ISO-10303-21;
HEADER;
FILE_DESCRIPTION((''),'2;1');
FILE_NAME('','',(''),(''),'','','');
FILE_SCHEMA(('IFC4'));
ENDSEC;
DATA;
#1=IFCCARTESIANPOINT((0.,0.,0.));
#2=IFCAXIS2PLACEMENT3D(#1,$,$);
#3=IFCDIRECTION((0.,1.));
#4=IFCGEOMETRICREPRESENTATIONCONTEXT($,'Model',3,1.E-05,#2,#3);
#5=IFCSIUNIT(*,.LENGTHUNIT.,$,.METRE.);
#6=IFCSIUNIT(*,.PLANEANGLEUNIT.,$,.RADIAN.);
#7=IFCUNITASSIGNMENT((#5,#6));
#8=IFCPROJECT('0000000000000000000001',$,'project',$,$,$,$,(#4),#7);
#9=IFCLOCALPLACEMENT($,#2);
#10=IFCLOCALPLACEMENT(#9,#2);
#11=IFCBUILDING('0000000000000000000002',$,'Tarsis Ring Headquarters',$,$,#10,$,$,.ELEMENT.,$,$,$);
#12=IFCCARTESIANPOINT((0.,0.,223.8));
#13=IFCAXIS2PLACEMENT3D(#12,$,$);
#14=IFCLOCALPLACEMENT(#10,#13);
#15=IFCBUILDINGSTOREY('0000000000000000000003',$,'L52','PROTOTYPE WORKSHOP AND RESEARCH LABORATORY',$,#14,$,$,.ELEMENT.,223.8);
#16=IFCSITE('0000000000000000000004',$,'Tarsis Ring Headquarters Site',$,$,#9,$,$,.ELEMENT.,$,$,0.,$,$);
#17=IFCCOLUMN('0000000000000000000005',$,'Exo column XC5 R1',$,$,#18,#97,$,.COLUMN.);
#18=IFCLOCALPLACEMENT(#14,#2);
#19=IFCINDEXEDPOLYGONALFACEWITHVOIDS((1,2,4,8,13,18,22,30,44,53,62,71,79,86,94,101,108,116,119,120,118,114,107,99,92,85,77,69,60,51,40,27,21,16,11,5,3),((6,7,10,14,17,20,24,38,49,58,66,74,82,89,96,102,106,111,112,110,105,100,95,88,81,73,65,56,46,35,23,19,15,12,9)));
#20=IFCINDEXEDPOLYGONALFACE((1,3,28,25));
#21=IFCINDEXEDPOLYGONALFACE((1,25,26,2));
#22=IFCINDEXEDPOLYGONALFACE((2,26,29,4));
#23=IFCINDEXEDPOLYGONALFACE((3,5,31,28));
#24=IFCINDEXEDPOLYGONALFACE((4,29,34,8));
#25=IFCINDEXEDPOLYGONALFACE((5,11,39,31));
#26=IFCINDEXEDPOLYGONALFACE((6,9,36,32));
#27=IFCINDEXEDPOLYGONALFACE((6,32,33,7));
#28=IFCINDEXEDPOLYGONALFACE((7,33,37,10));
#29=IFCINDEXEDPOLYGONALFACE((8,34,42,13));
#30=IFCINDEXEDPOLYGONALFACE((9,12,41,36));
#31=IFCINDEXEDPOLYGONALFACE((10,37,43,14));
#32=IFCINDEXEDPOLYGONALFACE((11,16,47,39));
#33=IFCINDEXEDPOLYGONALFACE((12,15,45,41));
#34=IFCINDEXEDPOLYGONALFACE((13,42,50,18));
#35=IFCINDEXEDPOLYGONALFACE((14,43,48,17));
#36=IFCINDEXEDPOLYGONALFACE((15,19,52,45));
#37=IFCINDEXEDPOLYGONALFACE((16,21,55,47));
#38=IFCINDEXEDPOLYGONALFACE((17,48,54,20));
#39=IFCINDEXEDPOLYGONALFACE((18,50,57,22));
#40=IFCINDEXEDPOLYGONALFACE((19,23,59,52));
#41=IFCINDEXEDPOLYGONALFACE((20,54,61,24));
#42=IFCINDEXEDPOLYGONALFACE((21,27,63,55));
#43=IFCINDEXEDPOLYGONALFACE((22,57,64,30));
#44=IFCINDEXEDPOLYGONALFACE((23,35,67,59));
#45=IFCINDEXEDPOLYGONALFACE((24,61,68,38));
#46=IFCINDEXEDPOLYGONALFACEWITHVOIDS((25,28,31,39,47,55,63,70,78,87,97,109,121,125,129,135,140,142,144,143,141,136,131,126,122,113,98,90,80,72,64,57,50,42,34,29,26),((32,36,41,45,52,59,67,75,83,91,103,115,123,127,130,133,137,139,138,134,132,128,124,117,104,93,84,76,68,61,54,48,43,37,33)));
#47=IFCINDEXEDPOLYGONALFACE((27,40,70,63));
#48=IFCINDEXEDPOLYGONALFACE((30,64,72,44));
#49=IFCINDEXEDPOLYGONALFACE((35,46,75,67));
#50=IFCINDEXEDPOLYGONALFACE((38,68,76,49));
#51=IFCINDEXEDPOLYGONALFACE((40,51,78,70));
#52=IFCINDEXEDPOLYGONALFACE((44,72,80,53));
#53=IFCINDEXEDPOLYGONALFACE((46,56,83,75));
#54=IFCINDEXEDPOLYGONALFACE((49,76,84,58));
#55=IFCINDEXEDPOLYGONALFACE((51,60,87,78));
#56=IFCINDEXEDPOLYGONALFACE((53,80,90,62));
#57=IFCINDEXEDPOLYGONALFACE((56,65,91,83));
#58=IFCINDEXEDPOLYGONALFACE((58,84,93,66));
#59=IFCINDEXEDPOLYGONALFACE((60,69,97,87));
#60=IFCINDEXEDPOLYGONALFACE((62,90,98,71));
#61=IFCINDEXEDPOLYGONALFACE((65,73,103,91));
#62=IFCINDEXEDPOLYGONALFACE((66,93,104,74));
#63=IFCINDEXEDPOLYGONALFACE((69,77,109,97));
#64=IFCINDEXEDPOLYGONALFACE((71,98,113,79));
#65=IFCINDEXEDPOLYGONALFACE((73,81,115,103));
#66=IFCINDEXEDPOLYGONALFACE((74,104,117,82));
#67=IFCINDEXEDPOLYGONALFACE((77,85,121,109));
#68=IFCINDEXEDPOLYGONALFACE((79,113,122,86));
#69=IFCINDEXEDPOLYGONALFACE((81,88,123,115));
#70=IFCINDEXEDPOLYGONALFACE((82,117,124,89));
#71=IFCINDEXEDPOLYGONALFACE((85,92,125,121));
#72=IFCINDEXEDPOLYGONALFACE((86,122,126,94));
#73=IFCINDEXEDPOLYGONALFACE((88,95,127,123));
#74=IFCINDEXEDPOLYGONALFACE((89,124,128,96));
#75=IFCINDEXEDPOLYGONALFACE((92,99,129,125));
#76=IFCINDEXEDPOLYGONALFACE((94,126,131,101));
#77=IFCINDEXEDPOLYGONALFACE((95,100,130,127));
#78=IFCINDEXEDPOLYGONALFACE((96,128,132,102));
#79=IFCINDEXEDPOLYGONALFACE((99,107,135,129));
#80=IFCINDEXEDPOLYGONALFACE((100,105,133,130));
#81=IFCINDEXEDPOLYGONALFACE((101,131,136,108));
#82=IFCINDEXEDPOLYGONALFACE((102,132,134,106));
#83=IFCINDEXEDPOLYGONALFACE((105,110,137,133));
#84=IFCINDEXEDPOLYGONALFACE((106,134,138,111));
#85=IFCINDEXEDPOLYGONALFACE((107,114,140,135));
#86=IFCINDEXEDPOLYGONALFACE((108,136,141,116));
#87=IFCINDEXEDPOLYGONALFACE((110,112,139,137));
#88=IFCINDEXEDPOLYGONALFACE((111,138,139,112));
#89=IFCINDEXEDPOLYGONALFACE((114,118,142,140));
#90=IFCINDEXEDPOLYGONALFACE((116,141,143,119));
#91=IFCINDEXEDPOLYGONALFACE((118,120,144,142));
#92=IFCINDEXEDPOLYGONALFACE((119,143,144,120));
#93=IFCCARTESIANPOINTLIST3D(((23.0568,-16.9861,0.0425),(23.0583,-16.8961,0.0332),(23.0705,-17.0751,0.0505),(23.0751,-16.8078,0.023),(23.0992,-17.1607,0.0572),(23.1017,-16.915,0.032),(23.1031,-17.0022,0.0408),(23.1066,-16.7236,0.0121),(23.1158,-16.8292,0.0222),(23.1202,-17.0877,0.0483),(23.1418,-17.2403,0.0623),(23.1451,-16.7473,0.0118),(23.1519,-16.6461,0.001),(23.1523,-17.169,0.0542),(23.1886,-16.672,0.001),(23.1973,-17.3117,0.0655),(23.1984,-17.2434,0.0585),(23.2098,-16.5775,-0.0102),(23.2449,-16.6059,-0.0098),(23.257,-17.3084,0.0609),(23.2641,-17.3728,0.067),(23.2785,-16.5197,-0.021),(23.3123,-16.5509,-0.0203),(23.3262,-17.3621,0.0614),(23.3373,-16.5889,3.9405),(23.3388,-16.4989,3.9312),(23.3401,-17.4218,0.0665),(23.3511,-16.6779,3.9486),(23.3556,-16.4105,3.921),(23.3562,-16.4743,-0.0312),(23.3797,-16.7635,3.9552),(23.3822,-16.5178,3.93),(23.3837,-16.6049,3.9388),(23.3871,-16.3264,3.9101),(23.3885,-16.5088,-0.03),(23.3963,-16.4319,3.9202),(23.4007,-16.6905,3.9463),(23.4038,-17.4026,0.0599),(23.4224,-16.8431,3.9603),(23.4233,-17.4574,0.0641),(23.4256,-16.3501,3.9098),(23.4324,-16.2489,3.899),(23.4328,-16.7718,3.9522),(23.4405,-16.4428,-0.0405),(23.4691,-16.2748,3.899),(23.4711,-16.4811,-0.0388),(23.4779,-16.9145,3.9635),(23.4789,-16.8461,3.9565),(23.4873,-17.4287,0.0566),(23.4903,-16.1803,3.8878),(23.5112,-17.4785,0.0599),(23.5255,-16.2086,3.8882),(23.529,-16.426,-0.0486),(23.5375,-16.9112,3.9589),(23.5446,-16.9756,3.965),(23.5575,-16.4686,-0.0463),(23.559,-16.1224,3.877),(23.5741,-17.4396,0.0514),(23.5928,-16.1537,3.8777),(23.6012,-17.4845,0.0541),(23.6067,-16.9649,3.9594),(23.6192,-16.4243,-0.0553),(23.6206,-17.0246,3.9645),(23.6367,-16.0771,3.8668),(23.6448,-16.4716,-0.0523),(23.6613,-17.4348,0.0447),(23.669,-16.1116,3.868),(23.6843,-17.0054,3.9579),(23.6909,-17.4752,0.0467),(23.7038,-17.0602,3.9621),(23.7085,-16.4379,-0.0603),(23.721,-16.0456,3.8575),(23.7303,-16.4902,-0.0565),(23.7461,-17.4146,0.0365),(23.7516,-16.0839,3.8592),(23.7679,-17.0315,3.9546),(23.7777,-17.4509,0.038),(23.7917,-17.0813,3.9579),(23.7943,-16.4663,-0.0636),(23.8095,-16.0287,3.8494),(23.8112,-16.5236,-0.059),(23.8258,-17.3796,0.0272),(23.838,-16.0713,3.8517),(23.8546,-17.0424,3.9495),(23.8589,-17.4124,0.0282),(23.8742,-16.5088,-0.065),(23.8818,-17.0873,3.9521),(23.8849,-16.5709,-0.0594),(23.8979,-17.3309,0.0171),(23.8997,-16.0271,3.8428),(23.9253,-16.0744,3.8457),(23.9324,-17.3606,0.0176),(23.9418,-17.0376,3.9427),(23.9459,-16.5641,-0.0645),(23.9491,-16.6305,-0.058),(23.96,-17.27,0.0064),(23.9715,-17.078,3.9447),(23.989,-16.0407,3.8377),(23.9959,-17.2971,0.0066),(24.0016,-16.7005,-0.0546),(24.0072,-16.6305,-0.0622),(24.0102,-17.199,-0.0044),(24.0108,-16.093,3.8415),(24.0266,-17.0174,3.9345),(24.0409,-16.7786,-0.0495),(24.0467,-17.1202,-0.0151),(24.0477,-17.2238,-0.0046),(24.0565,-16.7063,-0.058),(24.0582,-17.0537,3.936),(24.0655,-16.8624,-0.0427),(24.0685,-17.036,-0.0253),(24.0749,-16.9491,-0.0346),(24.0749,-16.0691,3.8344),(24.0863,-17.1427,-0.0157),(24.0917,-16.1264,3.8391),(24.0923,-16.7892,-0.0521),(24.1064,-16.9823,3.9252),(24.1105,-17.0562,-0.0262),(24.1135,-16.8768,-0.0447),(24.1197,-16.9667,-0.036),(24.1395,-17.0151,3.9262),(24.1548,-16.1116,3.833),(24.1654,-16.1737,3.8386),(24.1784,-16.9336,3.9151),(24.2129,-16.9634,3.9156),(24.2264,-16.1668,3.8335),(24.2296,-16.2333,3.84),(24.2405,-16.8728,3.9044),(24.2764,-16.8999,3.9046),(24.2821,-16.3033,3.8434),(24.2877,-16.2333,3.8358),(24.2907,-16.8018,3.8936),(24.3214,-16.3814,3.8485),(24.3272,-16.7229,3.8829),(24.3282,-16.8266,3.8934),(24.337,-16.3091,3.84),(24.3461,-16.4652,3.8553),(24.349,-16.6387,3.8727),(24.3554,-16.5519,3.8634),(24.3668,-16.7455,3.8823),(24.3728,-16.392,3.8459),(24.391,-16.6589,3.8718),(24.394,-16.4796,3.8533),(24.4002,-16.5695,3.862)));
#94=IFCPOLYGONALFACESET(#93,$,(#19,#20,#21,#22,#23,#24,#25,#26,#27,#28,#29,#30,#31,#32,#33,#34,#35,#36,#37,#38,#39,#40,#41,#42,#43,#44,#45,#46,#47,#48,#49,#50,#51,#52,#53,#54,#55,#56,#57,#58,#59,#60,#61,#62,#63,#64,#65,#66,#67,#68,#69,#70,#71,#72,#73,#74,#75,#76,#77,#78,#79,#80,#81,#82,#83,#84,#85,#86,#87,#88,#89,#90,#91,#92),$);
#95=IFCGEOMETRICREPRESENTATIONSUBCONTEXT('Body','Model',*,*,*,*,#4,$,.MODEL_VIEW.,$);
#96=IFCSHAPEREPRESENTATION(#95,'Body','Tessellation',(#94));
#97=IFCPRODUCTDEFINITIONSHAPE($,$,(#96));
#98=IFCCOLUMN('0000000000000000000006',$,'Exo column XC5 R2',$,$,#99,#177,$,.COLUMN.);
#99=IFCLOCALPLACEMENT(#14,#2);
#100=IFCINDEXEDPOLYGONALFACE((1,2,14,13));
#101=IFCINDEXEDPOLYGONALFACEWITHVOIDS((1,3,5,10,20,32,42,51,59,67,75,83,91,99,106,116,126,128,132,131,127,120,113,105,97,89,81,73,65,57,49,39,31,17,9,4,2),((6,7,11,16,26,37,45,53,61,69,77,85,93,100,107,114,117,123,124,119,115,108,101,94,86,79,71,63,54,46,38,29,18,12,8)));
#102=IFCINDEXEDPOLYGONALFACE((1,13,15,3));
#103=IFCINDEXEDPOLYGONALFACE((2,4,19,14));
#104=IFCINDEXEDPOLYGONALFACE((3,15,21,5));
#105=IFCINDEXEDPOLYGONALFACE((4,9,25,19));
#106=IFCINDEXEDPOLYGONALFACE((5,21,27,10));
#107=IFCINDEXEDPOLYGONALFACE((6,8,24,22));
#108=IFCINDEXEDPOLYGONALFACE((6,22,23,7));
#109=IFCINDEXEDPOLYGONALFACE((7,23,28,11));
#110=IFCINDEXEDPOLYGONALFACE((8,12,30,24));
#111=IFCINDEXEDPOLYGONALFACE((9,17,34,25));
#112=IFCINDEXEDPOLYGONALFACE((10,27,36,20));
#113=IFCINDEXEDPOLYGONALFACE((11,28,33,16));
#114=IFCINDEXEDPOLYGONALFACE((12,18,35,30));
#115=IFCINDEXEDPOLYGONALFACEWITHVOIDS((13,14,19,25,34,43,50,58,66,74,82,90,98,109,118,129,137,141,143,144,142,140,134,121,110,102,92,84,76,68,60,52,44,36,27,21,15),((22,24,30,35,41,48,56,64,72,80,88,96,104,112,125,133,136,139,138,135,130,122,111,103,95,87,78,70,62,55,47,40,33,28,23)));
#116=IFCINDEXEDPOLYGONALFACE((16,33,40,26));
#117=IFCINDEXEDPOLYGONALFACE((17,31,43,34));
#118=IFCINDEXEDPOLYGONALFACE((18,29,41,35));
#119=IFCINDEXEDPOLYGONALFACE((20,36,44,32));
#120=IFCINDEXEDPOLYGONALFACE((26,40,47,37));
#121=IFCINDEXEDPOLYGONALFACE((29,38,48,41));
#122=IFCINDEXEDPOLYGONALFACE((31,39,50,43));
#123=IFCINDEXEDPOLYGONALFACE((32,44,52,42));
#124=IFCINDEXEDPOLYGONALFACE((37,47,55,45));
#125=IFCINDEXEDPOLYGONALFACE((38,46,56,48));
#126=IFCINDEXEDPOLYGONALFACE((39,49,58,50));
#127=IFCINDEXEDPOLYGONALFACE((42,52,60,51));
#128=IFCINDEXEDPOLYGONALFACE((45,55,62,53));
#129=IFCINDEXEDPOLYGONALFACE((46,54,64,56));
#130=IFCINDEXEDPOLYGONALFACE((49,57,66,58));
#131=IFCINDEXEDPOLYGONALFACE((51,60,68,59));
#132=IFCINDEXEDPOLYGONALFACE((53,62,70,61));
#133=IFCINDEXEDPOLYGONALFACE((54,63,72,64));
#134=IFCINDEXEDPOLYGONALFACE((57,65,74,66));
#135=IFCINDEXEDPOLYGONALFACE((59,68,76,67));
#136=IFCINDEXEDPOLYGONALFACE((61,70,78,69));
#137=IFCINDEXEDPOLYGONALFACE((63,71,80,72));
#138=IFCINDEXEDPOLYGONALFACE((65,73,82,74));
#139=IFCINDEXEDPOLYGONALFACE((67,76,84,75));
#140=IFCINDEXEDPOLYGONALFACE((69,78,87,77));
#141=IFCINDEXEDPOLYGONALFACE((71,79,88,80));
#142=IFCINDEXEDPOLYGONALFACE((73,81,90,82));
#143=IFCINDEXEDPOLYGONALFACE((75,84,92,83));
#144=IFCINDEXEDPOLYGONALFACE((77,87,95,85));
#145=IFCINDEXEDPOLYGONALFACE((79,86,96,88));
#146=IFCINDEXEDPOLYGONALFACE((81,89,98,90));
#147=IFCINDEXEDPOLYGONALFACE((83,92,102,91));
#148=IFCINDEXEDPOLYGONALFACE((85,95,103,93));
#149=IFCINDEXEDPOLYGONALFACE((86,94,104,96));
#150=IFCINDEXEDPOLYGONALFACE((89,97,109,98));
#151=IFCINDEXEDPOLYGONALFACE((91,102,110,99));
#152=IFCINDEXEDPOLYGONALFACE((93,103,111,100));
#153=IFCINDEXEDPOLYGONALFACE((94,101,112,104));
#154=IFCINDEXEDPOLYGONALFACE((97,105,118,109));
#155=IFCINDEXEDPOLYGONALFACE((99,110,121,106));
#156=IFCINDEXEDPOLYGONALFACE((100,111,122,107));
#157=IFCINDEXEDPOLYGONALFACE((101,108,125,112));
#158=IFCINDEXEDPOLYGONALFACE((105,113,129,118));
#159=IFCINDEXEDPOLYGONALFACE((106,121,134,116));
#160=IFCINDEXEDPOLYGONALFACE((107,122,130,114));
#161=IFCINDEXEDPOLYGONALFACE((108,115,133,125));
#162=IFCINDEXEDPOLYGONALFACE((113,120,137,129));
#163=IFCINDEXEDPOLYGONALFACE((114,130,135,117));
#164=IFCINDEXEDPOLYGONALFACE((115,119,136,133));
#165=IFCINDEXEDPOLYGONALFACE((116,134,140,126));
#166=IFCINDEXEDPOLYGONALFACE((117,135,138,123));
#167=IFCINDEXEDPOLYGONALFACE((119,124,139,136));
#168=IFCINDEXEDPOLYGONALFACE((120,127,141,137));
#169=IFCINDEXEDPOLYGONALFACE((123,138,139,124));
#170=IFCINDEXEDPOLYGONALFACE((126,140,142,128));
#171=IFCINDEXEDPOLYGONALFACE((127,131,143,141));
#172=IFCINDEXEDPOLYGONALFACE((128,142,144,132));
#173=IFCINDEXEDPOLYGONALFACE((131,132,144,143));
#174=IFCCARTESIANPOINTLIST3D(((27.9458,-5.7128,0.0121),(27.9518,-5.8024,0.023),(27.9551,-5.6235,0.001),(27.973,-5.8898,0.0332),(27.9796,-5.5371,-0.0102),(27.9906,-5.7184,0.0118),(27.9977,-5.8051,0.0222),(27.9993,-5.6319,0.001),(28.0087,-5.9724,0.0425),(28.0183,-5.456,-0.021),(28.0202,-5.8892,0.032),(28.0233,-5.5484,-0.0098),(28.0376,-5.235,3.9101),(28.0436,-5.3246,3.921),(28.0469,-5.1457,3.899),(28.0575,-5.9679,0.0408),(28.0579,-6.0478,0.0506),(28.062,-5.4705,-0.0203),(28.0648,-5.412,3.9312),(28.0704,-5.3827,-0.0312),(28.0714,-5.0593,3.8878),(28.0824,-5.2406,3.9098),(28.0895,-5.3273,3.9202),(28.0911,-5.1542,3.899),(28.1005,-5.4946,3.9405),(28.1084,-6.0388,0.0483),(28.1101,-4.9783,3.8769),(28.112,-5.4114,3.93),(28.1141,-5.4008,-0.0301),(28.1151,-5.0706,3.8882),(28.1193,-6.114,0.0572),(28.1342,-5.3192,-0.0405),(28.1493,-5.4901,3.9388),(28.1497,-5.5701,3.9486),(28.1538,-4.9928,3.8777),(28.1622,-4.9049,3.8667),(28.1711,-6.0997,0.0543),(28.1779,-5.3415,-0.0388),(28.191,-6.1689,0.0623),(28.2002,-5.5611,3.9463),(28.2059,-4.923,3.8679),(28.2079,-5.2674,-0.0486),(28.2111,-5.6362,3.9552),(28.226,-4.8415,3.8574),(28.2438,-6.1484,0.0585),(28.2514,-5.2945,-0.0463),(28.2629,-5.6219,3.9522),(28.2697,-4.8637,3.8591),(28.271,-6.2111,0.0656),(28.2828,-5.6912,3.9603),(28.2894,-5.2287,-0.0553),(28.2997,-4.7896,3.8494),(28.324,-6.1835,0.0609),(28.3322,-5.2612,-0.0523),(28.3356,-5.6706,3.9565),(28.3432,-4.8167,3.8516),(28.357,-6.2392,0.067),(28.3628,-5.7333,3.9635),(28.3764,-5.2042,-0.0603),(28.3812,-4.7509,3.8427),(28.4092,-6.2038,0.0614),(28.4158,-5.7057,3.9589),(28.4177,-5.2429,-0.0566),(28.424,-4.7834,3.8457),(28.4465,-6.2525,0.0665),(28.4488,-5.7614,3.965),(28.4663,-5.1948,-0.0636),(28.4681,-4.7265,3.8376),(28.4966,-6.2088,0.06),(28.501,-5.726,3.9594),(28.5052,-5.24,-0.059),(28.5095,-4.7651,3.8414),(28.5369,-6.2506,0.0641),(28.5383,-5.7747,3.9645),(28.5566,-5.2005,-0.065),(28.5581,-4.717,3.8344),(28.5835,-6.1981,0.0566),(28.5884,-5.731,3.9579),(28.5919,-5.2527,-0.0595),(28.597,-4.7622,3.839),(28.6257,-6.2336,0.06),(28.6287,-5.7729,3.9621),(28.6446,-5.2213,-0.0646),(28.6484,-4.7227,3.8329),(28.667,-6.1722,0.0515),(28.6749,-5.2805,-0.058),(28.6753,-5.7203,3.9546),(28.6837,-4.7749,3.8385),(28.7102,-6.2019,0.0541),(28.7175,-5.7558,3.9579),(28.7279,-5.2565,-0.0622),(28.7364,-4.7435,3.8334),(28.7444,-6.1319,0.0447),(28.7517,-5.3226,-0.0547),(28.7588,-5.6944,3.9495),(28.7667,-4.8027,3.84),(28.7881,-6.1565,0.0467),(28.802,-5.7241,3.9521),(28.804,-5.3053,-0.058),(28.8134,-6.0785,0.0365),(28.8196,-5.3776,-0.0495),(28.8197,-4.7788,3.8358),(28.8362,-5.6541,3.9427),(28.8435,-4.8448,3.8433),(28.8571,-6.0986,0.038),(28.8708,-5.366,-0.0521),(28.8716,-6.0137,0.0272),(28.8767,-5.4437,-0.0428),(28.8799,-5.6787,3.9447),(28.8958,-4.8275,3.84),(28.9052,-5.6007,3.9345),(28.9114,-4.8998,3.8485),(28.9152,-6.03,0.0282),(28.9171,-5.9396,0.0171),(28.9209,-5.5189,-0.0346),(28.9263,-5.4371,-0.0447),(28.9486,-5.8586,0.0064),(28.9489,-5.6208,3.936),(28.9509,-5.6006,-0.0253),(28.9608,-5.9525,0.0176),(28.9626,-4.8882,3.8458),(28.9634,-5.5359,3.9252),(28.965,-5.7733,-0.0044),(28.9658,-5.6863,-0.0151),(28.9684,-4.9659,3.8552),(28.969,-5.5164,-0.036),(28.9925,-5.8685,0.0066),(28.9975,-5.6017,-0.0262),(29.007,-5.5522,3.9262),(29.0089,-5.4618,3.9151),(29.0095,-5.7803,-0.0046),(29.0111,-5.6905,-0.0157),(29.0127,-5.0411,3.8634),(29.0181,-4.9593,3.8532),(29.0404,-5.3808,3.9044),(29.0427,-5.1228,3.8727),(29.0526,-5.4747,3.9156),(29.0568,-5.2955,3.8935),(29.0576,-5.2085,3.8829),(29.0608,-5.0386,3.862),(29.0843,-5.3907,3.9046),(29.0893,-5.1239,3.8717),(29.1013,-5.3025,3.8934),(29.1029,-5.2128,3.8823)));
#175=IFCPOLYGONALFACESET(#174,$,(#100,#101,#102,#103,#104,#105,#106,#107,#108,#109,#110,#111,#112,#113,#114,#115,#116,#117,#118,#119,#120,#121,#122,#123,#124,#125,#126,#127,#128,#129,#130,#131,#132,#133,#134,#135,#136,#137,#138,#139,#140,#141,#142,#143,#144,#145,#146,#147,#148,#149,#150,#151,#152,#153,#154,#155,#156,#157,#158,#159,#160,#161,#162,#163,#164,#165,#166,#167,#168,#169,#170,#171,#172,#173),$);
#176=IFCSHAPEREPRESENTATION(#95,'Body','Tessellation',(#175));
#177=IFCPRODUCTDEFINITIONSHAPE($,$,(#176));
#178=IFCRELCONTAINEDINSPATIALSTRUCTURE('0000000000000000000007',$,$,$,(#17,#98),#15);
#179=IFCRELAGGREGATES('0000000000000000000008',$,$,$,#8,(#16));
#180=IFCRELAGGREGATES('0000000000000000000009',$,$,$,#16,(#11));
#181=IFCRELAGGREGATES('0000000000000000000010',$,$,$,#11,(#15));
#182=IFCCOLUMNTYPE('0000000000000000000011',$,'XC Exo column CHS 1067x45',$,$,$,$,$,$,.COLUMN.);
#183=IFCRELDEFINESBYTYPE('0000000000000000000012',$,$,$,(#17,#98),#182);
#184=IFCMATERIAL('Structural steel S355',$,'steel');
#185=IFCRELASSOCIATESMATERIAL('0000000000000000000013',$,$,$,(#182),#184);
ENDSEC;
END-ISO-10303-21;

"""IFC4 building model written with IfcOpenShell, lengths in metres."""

from ifc_helpers import new_model, si_unit, direction, frame, origin, origin_2d, place, context, subcontext, project, spatial, hollow_circle, extrude, material, material_profile, profile_set, type_object, element, save


model = new_model("IFC4")

# Units and contexts
model_context = context("Model", 3, precision=1e-05, world=origin(), true_north=direction((0.0, 1.0)))
body_context = subcontext(model_context, "Body", "Model", "MODEL_VIEW")
ifc_project = project(units=[si_unit("LENGTHUNIT", "METRE"), si_unit("PLANEANGLEUNIT", "RADIAN")], contexts=[model_context])

# Site, building, storey
site_placement = place(None, origin())
site = spatial("IfcSite", under=ifc_project, at=site_placement, Name="Tarsis Ring Headquarters Site", CompositionType="ELEMENT", RefElevation=0.0)
building_placement = place(site_placement, origin())
building = spatial("IfcBuilding", under=site, at=building_placement, Name="Tarsis Ring Headquarters", CompositionType="ELEMENT")
storey_placement = place(building_placement, frame((0.0, 0.0, 223.8)))
storey = spatial("IfcBuildingStorey", under=building, at=storey_placement, Name="L52", Description="PROTOTYPE WORKSHOP AND RESEARCH LABORATORY", CompositionType="ELEMENT", Elevation=223.8)

# Columns
ifc_material_1 = material(Name="Structural steel S355", Category="steel")
ifc_material_profile_1 = material_profile(ifc_material_1, hollow_circle(Radius=0.5334, WallThickness=0.0449, at=origin_2d()), Name="CHS 1067x45")
ifc_profile_set_1 = profile_set([ifc_material_profile_1], Name="Structural steel S355")
column_type = type_object("IfcColumnType", Name="XC Exo column CHS 1067x45", PredefinedType="COLUMN", material=ifc_profile_set_1)
for number, where, z_axis, x_axis, name in (
    (1, (23.5876, -16.9539, 0.001), (0.071412, 0.10112, 0.992308), (-0.816843, 0.576861, 0.0), "Exo column XC5 R1"),
    (2, (28.479, -5.7241, 0.001), (0.023369, 0.121629, 0.9923), (-0.982039, 0.18868, 0.0), "Exo column XC5 R2"),
):
    element("IfcColumn", number, at=place(storey_placement, frame(where, z_axis=z_axis, x_axis=x_axis)), inside=storey, type_object=column_type, Name=name, PredefinedType="COLUMN", context=body_context, shape_type="SweptSolid", body=[
        extrude(hollow_circle(Radius=0.5334, WallThickness=0.0449, at=origin_2d()), origin(), (0.0, 0.0, 1.0), 3.9282),
    ])

save(model, "model.ifc")
